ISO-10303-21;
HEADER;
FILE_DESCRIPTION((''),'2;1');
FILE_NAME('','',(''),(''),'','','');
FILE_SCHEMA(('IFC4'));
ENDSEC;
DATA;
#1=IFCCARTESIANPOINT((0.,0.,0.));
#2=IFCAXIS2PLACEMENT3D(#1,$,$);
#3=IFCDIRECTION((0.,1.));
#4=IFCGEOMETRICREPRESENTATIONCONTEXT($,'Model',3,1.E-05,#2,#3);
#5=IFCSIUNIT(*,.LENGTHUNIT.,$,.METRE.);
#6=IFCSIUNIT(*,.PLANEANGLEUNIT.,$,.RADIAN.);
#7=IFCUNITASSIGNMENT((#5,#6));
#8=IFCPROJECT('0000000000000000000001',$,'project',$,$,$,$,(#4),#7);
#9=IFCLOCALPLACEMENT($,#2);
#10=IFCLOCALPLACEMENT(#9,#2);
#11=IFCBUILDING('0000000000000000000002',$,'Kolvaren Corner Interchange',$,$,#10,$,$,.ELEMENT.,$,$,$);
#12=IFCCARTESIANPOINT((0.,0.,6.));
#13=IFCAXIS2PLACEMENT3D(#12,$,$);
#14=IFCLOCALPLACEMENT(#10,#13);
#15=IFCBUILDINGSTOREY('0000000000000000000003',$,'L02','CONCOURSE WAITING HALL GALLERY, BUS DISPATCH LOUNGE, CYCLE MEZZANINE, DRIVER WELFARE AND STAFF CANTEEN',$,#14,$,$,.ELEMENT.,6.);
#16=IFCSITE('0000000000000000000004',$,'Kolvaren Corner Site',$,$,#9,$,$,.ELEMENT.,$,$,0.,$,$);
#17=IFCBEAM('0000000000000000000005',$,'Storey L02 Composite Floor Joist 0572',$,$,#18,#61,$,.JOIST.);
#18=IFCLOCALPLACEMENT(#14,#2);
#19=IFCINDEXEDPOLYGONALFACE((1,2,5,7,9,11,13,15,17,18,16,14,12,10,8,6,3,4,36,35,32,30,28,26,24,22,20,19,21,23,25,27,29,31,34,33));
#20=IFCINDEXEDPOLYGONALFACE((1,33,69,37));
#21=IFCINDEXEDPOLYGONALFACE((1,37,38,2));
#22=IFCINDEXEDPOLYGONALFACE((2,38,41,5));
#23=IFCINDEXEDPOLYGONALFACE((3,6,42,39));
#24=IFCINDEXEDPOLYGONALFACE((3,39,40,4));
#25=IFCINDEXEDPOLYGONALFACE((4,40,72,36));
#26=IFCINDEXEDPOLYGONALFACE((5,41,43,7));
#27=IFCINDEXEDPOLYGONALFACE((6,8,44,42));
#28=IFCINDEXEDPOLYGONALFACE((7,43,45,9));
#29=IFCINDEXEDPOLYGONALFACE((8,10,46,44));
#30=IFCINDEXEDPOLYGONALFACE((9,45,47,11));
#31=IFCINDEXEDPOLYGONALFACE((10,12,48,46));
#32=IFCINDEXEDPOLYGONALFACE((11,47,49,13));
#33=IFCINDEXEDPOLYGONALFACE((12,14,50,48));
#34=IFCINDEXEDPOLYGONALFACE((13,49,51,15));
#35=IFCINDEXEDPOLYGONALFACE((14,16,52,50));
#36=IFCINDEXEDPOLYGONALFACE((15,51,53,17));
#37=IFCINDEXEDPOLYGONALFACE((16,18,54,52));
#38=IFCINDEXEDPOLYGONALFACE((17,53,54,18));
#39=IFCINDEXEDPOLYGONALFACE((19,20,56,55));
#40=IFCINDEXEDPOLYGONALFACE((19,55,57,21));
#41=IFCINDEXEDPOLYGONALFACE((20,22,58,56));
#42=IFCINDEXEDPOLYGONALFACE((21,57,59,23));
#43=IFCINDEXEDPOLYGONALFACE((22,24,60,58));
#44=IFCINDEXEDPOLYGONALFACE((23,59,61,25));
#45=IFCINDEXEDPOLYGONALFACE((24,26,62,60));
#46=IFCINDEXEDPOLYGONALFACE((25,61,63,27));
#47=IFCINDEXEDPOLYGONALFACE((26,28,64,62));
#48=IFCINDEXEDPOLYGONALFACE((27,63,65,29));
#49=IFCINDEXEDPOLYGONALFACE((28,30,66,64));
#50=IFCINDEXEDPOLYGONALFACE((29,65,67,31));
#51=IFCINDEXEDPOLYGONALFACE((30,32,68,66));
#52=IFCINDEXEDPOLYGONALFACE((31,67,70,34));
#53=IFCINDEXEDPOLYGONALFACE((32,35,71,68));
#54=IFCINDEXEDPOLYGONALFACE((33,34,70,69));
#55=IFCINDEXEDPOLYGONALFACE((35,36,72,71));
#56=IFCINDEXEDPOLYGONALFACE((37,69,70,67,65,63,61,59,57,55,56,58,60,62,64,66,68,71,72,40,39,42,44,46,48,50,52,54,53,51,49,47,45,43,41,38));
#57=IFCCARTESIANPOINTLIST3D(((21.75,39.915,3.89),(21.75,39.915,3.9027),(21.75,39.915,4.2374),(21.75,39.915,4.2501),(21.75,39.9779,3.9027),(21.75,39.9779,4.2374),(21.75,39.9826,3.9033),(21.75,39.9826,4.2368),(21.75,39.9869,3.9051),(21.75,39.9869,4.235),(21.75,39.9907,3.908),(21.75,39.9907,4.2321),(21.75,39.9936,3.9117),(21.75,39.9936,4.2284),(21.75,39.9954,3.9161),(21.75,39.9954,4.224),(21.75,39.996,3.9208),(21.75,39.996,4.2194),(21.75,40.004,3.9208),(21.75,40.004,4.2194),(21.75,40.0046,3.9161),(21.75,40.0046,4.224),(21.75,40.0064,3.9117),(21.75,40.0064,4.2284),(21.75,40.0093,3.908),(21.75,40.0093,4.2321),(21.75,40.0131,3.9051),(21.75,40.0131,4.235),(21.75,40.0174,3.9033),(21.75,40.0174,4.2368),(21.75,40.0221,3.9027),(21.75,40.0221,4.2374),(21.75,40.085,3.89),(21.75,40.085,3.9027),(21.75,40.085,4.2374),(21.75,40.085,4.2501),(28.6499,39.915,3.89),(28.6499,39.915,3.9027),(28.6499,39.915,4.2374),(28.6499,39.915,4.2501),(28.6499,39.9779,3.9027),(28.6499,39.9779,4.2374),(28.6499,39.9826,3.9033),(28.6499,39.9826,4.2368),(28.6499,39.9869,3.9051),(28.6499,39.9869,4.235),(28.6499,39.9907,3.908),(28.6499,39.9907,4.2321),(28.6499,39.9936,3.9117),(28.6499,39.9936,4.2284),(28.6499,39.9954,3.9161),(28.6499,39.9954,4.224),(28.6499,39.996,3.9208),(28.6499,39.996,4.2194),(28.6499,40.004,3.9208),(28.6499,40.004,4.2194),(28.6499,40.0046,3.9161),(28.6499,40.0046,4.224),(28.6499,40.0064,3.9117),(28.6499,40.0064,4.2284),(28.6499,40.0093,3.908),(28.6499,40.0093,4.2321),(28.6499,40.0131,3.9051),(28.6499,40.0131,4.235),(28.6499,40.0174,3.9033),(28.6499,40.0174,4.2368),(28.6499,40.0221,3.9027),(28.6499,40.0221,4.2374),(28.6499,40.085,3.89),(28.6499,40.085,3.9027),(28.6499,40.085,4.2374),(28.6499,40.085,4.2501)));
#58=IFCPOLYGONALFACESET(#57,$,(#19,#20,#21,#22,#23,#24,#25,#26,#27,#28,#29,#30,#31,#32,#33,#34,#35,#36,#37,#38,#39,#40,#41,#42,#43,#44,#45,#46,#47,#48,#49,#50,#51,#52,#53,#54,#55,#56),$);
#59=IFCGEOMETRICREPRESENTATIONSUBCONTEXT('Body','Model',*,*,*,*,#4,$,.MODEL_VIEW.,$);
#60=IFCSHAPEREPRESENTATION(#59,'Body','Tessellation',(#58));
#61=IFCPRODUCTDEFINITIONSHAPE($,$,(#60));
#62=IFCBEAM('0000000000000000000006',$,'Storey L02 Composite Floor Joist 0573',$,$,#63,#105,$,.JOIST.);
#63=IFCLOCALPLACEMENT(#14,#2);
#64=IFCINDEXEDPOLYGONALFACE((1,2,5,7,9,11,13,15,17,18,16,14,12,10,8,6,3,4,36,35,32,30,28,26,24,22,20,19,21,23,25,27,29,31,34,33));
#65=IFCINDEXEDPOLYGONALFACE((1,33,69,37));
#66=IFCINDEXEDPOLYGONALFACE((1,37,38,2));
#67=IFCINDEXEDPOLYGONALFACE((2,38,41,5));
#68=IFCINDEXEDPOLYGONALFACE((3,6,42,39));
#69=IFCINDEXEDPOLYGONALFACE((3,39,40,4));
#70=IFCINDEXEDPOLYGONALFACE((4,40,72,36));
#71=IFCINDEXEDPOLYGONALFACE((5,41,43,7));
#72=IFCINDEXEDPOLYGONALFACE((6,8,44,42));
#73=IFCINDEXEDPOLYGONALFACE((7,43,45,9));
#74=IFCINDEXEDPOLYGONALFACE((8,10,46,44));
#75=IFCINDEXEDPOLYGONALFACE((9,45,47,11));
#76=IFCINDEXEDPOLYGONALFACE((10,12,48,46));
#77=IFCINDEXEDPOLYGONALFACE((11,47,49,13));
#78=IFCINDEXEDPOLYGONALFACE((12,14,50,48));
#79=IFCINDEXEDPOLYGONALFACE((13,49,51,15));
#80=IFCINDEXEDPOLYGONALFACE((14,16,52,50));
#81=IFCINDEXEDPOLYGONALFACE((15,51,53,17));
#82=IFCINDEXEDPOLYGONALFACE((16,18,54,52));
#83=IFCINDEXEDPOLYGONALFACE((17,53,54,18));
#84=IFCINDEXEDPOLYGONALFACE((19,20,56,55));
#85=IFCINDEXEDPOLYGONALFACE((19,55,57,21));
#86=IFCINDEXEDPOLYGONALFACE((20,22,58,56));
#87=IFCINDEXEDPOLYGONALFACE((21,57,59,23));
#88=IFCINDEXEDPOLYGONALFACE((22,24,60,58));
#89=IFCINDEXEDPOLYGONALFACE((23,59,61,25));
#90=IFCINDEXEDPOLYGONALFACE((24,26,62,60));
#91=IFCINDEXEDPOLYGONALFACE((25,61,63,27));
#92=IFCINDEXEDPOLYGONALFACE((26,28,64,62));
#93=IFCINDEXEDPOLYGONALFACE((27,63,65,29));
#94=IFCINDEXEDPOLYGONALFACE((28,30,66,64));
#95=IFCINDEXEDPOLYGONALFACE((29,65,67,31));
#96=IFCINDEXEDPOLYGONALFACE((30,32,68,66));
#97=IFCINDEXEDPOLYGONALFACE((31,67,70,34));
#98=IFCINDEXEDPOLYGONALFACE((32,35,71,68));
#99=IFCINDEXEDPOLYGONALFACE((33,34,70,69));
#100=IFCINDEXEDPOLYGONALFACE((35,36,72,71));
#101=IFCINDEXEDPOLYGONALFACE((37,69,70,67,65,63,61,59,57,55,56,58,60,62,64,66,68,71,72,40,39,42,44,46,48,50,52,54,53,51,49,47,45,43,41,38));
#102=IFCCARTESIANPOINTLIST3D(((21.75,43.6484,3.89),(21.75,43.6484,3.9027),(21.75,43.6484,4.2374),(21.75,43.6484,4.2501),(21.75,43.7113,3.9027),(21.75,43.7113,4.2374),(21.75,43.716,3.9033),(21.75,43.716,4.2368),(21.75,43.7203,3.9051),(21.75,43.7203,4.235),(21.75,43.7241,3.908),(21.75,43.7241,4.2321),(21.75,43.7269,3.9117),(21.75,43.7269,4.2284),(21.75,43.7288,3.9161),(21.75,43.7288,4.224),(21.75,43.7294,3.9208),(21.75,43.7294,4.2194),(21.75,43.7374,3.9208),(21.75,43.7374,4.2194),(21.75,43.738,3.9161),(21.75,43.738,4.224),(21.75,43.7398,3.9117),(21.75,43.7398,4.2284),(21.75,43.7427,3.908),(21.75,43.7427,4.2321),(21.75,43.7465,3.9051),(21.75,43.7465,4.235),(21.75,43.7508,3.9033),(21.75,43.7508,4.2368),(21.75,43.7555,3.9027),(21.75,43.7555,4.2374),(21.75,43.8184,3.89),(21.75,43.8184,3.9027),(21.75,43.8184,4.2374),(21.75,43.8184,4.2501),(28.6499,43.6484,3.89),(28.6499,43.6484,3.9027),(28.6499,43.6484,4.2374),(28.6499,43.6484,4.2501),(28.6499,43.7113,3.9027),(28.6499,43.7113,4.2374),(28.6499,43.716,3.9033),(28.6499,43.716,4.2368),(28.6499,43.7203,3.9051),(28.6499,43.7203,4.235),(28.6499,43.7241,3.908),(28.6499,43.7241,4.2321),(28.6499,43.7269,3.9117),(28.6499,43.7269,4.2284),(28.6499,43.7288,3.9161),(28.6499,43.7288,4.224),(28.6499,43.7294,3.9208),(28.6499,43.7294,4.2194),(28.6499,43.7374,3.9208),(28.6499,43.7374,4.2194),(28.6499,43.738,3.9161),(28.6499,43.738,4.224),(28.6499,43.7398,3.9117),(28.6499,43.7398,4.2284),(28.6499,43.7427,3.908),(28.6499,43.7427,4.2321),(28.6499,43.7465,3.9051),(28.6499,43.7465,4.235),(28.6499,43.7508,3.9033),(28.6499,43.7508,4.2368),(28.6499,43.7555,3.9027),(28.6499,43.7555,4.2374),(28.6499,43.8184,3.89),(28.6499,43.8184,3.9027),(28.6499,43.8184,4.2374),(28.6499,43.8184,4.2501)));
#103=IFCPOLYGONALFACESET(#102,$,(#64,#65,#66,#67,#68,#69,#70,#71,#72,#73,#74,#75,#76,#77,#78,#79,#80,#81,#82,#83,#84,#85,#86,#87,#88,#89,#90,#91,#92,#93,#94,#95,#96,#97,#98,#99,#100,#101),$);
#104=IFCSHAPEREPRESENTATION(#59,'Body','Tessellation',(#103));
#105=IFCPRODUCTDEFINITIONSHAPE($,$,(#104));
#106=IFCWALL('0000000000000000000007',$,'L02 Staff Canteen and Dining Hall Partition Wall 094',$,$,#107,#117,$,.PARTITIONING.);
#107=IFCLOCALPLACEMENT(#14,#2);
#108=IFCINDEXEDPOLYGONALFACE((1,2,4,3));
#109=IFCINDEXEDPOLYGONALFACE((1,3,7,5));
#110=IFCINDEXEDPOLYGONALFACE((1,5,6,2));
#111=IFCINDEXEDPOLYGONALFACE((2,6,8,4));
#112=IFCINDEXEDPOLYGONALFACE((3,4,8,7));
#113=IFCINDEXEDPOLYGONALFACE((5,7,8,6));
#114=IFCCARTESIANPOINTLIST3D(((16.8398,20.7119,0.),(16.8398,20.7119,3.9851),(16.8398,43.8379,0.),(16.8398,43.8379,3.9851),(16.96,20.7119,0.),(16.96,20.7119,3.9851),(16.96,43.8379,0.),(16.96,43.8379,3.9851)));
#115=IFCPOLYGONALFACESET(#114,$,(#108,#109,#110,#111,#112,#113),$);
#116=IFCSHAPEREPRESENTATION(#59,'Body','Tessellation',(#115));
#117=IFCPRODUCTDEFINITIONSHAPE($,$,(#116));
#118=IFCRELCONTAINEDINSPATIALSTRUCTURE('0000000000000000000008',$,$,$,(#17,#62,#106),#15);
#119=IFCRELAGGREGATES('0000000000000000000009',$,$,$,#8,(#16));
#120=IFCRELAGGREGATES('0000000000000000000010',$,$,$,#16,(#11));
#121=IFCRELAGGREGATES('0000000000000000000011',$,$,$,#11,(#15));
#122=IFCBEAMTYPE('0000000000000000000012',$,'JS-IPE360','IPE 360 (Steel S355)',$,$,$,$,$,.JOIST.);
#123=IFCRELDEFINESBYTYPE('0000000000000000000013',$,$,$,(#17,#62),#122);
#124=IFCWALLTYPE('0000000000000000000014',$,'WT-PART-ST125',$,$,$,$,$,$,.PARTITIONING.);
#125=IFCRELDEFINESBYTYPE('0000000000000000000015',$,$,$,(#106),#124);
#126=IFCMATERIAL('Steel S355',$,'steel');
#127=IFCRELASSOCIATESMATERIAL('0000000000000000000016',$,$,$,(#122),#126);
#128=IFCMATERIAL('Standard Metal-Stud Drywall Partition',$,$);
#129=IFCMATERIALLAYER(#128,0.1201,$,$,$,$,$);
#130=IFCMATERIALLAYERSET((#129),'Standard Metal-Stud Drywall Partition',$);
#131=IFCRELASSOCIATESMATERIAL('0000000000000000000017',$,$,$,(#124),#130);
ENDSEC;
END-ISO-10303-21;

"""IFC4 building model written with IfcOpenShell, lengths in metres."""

from ifc_helpers import new_model, si_unit, direction, frame, frame_2d, origin, origin_2d, place, context, subcontext, project, spatial, rectangle, i_section, extrude, material, layer, layer_set, material_profile, profile_set, type_object, element, save


model = new_model("IFC4")

# Units and contexts
model_context = context("Model", 3, precision=1e-05, world=origin(), true_north=direction((0.0, 1.0)))
body_context = subcontext(model_context, "Body", "Model", "MODEL_VIEW")
ifc_project = project(units=[si_unit("LENGTHUNIT", "METRE"), si_unit("PLANEANGLEUNIT", "RADIAN")], contexts=[model_context])

# Site, building, storey
site_placement = place(None, origin())
site = spatial("IfcSite", under=ifc_project, at=site_placement, Name="Kolvaren Corner Site", CompositionType="ELEMENT", RefElevation=0.0)
building_placement = place(site_placement, origin())
building = spatial("IfcBuilding", under=site, at=building_placement, Name="Kolvaren Corner Interchange", CompositionType="ELEMENT")
storey_placement = place(building_placement, frame((0.0, 0.0, 6.0)))
storey = spatial("IfcBuildingStorey", under=building, at=storey_placement, Name="L02", Description="CONCOURSE WAITING HALL GALLERY, BUS DISPATCH LOUNGE, CYCLE MEZZANINE, DRIVER WELFARE AND STAFF CANTEEN", CompositionType="ELEMENT", Elevation=6.0)

# Beams
ifc_material_1 = material(Name="Steel S355", Category="steel")
ifc_material_profile_1 = material_profile(ifc_material_1, i_section(OverallWidth=0.1699, OverallDepth=0.3601, WebThickness=0.0081, FlangeThickness=0.0127, FilletRadius=0.0181, at=origin_2d()), Name="IPE 360")
ifc_profile_set_1 = profile_set([ifc_material_profile_1], Name="Steel S355")
beam_type_1 = type_object("IfcBeamType", Name="JS-IPE360", Description="IPE 360 (Steel S355)", PredefinedType="JOIST", material=ifc_profile_set_1)
for number, where, z_axis, x_axis, name in (
    (1, (21.75, 40.0, 4.0701), (1.0, 0.0, 0.0), (0.0, 1.0, 0.0), "Storey L02 Composite Floor Joist 0572"),
    (2, (21.75, 43.7334, 4.0701), (1.0, 0.0, 0.0), (0.0, 1.0, 0.0), "Storey L02 Composite Floor Joist 0573"),
):
    element("IfcBeam", number, at=place(storey_placement, frame(where, z_axis=z_axis, x_axis=x_axis)), inside=storey, type_object=beam_type_1, Name=name, PredefinedType="JOIST", context=body_context, shape_type="SweptSolid", body=[
        extrude(i_section(OverallWidth=0.1699, OverallDepth=0.3601, WebThickness=0.0081, FlangeThickness=0.0127, FilletRadius=0.0181, at=origin_2d()), origin(), (0.0, 0.0, 1.0), 6.8999),
    ])

# Wall
ifc_material_2 = material(Name="Standard Metal-Stud Drywall Partition")
ifc_layer = layer(ifc_material_2, 0.1201)
ifc_layer_set = layer_set([ifc_layer], Name="Standard Metal-Stud Drywall Partition")
wall_type = type_object("IfcWallType", Name="WT-PART-ST125", PredefinedType="PARTITIONING", material=ifc_layer_set)
wall_placement = place(storey_placement, frame((16.8999, 43.8379, 0.0), z_axis=(0.0, 0.0, 1.0), x_axis=(0.0, -1.0, 0.0)))
element("IfcWall", 3, at=wall_placement, inside=storey, type_object=wall_type, Name="L02 Staff Canteen and Dining Hall Partition Wall 094", PredefinedType="PARTITIONING", context=body_context, shape_type="SweptSolid", body=[
    extrude(rectangle(XDim=23.126, YDim=0.1201, at=frame_2d((11.563, 0.0))), origin(), (0.0, 0.0, 1.0), 3.9851),
])

save(model, "model.ifc")
